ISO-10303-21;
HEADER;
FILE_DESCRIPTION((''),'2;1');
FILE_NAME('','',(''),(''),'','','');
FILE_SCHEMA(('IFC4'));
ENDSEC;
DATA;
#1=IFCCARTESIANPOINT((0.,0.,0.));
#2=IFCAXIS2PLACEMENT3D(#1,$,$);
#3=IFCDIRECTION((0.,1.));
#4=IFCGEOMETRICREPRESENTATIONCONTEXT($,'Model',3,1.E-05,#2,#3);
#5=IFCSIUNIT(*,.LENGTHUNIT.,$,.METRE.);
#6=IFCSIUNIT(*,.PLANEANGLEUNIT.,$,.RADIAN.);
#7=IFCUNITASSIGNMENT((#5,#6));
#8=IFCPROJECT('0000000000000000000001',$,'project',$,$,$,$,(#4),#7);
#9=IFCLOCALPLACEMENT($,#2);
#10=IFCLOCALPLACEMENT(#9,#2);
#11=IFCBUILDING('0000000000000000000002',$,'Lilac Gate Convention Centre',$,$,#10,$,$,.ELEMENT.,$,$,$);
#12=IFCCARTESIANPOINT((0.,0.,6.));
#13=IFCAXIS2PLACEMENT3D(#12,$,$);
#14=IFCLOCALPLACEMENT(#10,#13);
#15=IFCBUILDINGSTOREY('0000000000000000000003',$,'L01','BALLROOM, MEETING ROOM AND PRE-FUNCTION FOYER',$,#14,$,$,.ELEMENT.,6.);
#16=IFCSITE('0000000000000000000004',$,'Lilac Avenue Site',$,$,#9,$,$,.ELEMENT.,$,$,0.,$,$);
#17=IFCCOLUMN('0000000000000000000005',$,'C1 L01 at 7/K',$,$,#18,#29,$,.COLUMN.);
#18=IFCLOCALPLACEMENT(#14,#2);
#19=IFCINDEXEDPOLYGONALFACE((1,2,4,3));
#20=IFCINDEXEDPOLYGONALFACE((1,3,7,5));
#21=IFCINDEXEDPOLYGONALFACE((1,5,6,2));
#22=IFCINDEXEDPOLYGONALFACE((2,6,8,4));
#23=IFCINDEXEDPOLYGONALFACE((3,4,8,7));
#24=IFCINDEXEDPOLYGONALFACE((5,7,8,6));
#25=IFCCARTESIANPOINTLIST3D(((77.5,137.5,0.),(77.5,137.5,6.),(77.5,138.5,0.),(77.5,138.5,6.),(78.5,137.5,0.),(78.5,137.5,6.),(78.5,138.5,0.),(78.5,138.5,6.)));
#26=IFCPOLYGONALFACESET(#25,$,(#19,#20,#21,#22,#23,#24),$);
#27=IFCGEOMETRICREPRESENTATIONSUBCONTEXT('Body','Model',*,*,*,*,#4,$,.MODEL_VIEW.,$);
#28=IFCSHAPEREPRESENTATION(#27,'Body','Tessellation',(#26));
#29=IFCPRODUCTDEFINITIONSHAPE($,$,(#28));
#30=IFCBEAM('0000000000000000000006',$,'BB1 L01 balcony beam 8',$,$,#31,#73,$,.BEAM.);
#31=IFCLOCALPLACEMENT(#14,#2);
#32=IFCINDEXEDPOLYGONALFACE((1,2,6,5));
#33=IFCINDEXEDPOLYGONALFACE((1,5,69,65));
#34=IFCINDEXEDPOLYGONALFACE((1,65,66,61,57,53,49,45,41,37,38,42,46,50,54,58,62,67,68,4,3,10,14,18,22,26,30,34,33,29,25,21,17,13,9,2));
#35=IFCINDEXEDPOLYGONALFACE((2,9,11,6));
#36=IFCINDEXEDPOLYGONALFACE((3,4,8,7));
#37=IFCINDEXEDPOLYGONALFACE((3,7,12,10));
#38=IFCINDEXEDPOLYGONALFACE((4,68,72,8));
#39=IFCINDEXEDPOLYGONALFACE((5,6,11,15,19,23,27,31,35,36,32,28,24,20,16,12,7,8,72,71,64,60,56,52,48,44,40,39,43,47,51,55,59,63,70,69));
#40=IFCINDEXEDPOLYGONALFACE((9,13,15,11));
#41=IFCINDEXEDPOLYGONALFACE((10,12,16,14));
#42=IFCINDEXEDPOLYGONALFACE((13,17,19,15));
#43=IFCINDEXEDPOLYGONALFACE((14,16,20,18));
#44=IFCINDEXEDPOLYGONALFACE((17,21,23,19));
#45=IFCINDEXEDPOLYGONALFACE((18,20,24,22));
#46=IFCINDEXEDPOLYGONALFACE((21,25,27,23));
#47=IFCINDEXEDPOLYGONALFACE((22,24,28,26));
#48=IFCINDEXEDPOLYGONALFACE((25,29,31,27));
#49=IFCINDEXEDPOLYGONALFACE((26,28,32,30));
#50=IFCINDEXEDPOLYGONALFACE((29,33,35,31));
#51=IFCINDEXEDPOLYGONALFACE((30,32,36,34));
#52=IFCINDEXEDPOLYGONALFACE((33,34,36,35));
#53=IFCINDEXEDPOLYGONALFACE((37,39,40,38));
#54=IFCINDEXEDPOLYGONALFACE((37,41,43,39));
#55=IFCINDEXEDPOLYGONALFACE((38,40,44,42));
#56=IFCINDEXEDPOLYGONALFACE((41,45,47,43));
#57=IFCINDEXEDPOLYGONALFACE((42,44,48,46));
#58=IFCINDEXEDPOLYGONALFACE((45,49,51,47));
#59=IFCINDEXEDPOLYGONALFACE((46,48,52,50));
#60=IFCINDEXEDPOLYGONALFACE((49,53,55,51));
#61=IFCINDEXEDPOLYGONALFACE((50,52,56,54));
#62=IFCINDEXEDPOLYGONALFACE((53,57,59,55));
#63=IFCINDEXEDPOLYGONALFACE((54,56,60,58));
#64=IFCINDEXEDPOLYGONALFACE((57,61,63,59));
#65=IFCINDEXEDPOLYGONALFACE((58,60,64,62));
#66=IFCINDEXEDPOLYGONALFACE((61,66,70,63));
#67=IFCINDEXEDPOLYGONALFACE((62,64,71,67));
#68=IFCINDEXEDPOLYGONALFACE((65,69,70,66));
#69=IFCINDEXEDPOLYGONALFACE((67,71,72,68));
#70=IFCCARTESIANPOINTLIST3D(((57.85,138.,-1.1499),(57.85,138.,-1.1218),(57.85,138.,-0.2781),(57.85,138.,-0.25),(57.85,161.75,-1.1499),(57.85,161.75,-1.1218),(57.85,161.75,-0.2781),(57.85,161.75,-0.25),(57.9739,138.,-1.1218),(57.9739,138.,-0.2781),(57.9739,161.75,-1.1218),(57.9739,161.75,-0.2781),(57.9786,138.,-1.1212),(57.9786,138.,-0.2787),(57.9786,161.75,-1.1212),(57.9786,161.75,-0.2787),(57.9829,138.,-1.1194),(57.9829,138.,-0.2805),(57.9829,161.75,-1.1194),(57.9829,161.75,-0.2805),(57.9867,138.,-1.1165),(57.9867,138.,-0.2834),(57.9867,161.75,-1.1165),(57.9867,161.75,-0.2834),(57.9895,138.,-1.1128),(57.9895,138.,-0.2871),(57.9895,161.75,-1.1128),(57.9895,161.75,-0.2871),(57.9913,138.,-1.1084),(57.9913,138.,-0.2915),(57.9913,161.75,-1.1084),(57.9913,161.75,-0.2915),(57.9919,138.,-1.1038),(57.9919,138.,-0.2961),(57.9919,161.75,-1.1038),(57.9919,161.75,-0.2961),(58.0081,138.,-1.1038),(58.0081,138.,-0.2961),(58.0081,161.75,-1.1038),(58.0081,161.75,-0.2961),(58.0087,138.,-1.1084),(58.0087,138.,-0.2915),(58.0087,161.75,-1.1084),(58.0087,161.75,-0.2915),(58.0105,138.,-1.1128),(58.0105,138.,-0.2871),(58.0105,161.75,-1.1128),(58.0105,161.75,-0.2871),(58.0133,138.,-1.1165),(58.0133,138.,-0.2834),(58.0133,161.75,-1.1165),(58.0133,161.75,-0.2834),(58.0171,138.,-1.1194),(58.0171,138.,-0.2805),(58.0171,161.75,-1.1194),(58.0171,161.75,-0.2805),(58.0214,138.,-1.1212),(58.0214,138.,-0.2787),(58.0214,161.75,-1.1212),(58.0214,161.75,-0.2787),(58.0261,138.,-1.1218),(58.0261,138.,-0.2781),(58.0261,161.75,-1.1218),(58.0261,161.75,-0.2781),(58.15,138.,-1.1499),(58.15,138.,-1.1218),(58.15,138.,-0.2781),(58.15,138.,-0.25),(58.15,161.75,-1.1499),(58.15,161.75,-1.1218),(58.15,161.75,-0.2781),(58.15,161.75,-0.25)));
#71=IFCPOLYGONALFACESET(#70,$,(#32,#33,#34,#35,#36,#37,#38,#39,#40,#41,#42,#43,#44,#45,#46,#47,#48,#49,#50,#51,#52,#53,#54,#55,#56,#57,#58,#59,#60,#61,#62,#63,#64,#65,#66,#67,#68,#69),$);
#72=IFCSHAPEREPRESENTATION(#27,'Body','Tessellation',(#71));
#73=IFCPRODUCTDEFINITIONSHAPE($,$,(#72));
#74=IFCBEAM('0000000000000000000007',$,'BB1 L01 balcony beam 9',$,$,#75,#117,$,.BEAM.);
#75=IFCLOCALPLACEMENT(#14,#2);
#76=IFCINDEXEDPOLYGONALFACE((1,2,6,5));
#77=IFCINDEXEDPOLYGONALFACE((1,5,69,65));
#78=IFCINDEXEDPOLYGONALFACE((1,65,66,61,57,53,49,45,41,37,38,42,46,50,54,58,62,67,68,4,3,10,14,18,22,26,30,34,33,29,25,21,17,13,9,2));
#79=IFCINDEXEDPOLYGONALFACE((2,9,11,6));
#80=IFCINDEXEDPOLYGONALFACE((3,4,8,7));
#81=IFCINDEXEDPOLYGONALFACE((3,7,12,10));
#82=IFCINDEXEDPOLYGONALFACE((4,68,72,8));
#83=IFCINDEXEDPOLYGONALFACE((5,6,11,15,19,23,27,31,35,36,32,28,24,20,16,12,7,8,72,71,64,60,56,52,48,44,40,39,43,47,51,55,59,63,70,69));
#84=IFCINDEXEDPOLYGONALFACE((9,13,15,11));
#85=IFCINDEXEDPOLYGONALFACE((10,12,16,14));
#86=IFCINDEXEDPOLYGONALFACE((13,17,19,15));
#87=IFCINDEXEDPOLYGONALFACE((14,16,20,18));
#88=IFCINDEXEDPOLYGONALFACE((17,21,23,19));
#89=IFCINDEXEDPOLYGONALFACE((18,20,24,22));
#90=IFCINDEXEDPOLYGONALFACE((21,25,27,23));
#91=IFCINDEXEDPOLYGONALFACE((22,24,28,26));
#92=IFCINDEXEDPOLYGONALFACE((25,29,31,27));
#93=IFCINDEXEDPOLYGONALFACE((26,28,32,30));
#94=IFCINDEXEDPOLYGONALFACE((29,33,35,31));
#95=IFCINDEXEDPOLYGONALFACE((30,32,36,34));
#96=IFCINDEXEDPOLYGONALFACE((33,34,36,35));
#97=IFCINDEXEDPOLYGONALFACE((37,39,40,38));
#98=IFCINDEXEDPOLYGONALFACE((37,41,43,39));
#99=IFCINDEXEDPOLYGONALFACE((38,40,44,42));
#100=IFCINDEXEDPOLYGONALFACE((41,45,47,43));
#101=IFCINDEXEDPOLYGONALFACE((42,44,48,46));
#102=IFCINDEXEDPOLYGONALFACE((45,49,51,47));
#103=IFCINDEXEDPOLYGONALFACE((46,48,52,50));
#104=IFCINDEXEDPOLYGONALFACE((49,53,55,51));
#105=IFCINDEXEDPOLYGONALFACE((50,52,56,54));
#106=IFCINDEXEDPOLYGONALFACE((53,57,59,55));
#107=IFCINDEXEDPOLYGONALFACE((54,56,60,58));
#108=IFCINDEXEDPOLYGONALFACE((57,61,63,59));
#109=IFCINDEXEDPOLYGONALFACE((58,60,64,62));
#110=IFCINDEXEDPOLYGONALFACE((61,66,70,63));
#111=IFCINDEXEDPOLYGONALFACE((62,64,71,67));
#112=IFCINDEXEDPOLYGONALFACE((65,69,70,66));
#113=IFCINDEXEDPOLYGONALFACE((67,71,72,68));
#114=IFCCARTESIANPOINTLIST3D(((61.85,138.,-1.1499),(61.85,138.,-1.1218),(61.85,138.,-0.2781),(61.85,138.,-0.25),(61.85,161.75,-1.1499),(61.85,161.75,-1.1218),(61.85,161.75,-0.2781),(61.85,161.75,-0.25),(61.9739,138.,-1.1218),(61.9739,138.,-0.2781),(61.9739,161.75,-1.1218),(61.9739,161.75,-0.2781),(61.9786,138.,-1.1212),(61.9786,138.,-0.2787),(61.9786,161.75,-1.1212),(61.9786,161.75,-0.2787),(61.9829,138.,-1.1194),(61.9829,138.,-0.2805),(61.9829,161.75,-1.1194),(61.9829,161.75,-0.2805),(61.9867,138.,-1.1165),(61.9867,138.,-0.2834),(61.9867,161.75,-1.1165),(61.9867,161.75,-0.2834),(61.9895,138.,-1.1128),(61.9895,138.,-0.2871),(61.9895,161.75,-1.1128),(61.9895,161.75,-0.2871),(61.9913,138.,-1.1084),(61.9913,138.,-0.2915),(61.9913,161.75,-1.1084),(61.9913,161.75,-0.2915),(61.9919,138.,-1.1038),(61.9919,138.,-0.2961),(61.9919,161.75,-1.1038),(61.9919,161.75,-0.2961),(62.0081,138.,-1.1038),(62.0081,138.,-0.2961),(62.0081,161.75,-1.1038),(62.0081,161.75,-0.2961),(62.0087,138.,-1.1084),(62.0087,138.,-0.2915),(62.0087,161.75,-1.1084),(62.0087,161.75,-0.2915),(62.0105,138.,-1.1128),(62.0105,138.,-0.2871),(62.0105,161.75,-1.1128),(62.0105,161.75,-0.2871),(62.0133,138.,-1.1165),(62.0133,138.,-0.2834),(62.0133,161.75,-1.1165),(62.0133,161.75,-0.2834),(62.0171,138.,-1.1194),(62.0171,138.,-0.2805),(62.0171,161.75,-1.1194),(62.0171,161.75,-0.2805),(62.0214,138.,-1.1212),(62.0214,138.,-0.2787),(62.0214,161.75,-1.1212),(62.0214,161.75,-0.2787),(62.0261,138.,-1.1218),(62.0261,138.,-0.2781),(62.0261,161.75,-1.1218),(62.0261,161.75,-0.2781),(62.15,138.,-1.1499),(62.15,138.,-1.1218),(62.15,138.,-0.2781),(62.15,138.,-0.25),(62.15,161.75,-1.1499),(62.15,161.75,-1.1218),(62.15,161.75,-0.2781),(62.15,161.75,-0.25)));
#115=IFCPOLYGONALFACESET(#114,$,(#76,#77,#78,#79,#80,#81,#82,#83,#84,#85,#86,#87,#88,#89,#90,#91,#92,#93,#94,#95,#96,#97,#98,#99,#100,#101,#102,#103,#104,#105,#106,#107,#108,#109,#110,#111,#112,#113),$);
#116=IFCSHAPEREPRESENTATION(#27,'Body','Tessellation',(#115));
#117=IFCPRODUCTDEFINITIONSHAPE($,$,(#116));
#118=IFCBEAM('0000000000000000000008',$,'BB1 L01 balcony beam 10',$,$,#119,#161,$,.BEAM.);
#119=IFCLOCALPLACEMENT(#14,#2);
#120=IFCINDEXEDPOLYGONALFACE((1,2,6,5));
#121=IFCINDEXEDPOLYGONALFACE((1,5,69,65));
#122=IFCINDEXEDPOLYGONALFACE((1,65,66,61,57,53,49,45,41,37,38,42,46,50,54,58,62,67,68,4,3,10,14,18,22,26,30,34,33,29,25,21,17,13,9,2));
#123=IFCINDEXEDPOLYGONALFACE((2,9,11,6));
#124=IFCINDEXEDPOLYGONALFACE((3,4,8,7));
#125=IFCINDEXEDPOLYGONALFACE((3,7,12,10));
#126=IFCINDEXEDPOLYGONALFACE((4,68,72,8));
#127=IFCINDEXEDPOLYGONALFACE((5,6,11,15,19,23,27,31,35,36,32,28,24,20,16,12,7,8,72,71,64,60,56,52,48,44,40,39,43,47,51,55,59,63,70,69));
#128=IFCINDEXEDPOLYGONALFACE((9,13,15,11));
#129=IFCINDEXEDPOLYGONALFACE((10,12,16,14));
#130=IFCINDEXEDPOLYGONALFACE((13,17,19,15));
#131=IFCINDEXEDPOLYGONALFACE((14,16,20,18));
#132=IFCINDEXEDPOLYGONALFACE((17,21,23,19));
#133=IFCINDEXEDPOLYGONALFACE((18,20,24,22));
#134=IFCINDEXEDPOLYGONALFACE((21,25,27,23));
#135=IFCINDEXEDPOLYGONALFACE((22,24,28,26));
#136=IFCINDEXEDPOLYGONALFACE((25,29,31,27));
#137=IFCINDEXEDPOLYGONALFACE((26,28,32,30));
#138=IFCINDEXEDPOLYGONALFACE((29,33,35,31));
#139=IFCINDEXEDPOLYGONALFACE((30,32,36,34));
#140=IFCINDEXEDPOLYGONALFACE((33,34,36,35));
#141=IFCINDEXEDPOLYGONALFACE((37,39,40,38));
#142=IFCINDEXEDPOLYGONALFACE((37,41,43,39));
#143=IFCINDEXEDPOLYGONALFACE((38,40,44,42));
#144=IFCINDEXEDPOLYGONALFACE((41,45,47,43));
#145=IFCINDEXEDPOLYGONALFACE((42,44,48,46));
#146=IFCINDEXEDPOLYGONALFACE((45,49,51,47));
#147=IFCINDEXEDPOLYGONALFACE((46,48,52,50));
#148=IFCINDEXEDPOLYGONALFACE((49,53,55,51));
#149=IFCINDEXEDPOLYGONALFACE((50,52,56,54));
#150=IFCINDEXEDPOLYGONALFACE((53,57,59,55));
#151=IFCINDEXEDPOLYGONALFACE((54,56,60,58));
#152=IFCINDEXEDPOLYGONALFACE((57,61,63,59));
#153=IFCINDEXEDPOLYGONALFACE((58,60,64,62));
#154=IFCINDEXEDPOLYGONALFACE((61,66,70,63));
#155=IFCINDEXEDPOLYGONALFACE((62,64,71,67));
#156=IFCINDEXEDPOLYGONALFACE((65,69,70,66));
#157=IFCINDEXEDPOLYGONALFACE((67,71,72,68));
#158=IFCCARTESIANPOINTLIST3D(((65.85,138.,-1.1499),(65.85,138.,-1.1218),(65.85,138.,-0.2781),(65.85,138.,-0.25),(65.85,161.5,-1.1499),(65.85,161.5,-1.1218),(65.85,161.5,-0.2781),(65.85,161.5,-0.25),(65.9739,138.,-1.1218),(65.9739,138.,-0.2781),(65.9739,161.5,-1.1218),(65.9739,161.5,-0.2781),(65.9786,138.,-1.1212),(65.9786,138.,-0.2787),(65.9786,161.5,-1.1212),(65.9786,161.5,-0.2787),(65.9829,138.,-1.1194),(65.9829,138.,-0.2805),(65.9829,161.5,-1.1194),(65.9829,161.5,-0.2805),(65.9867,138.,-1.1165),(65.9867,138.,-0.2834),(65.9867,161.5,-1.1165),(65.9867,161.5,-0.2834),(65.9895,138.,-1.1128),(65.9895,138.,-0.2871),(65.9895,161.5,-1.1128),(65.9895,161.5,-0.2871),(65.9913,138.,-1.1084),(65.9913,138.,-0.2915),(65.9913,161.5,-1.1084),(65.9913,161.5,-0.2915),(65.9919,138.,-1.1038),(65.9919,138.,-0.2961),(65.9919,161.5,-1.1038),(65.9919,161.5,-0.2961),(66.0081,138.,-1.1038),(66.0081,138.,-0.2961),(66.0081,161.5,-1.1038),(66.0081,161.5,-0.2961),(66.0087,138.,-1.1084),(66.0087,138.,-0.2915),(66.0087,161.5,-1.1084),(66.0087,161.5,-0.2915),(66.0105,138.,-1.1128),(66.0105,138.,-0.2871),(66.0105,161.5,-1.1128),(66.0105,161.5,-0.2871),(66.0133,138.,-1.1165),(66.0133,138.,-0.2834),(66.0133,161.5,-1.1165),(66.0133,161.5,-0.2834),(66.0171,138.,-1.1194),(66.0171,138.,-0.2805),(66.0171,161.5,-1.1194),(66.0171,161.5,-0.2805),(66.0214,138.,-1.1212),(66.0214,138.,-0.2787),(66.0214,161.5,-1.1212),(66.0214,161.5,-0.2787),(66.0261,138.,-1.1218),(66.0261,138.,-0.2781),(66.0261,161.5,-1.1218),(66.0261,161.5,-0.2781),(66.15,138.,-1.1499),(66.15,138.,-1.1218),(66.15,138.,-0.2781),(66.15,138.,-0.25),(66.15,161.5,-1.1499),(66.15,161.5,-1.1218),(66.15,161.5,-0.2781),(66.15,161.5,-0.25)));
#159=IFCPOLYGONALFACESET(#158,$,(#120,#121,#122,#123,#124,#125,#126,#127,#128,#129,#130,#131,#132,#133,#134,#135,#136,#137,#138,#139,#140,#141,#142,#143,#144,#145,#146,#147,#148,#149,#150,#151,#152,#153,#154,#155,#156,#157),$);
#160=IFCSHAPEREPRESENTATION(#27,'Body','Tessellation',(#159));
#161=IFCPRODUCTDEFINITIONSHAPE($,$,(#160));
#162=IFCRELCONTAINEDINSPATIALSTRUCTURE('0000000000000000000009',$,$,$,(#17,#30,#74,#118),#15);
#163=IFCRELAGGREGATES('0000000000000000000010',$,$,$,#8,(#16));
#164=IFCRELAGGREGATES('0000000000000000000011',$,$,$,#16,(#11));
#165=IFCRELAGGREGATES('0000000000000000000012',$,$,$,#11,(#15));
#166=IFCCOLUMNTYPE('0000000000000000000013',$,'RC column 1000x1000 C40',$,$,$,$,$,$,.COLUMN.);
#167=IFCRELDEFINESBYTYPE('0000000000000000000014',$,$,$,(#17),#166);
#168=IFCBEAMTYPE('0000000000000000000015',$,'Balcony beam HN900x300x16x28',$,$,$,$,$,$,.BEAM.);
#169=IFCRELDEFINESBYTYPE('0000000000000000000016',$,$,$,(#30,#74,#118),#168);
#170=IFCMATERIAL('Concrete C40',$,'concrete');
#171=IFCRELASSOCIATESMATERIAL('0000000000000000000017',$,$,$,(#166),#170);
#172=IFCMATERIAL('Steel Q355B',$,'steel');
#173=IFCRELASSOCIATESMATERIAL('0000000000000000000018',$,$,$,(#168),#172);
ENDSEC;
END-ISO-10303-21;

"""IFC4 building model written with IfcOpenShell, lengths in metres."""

from ifc_helpers import new_model, si_unit, direction, frame, origin, origin_2d, place, context, subcontext, project, spatial, rectangle, i_section, extrude, material, material_profile, profile_set, type_object, element, save


model = new_model("IFC4")

# Units and contexts
model_context = context("Model", 3, precision=1e-05, world=origin(), true_north=direction((0.0, 1.0)))
body_context = subcontext(model_context, "Body", "Model", "MODEL_VIEW")
ifc_project = project(units=[si_unit("LENGTHUNIT", "METRE"), si_unit("PLANEANGLEUNIT", "RADIAN")], contexts=[model_context])

# Site, building, storey
site_placement = place(None, origin())
site = spatial("IfcSite", under=ifc_project, at=site_placement, Name="Lilac Avenue Site", CompositionType="ELEMENT", RefElevation=0.0)
building_placement = place(site_placement, origin())
building = spatial("IfcBuilding", under=site, at=building_placement, Name="Lilac Gate Convention Centre", CompositionType="ELEMENT")
storey_placement = place(building_placement, frame((0.0, 0.0, 6.0)))
storey = spatial("IfcBuildingStorey", under=building, at=storey_placement, Name="L01", Description="BALLROOM, MEETING ROOM AND PRE-FUNCTION FOYER", CompositionType="ELEMENT", Elevation=6.0)

# Column
ifc_material_1 = material(Name="Concrete C40", Category="concrete")
ifc_material_profile_1 = material_profile(ifc_material_1, rectangle(XDim=1.0, YDim=1.0, at=origin_2d()), Name="RC 1000x1000")
ifc_profile_set_1 = profile_set([ifc_material_profile_1], Name="Concrete C40")
column_type = type_object("IfcColumnType", Name="RC column 1000x1000 C40", PredefinedType="COLUMN", material=ifc_profile_set_1)
column_placement = place(storey_placement, frame((78.0, 138.0, 0.0), z_axis=(0.0, 0.0, 1.0), x_axis=(1.0, 0.0, 0.0)))
element("IfcColumn", 1, at=column_placement, inside=storey, type_object=column_type, Name="C1 L01 at 7/K", PredefinedType="COLUMN", context=body_context, shape_type="SweptSolid", body=[
    extrude(rectangle(XDim=1.0, YDim=1.0, at=origin_2d()), origin(), (0.0, 0.0, 1.0), 6.0),
])

# Beams
ifc_material_2 = material(Name="Steel Q355B", Category="steel")
ifc_material_profile_2 = material_profile(ifc_material_2, i_section(OverallWidth=0.3, OverallDepth=0.8999, WebThickness=0.0161, FlangeThickness=0.0281, FilletRadius=0.0181, at=origin_2d()), Name="HN900x300x16x28")
ifc_profile_set_2 = profile_set([ifc_material_profile_2], Name="Steel Q355B")
beam_type_1 = type_object("IfcBeamType", Name="Balcony beam HN900x300x16x28", PredefinedType="BEAM", material=ifc_profile_set_2)
for number, where, z_axis, x_axis, name in (
    (2, (58.0, 138.0, -0.7), (0.0, 1.0, 0.0), (-1.0, 0.0, 0.0), "BB1 L01 balcony beam 8"),
    (3, (62.0, 138.0, -0.7), (0.0, 1.0, 0.0), (-1.0, 0.0, 0.0), "BB1 L01 balcony beam 9"),
):
    element("IfcBeam", number, at=place(storey_placement, frame(where, z_axis=z_axis, x_axis=x_axis)), inside=storey, type_object=beam_type_1, Name=name, PredefinedType="BEAM", context=body_context, shape_type="SweptSolid", body=[
        extrude(i_section(OverallWidth=0.3, OverallDepth=0.8999, WebThickness=0.0161, FlangeThickness=0.0281, FilletRadius=0.0181, at=origin_2d()), origin(), (0.0, 0.0, 1.0), 23.75),
    ])
beam_1_placement = place(storey_placement, frame((66.0, 138.0, -0.7), z_axis=(0.0, 1.0, 0.0), x_axis=(-1.0, 0.0, 0.0)))
element("IfcBeam", 4, at=beam_1_placement, inside=storey, type_object=beam_type_1, Name="BB1 L01 balcony beam 10", PredefinedType="BEAM", context=body_context, shape_type="SweptSolid", body=[
    extrude(i_section(OverallWidth=0.3, OverallDepth=0.8999, WebThickness=0.0161, FlangeThickness=0.0281, FilletRadius=0.0181, at=origin_2d()), origin(), (0.0, 0.0, 1.0), 23.5),
])

save(model, "model.ifc")
